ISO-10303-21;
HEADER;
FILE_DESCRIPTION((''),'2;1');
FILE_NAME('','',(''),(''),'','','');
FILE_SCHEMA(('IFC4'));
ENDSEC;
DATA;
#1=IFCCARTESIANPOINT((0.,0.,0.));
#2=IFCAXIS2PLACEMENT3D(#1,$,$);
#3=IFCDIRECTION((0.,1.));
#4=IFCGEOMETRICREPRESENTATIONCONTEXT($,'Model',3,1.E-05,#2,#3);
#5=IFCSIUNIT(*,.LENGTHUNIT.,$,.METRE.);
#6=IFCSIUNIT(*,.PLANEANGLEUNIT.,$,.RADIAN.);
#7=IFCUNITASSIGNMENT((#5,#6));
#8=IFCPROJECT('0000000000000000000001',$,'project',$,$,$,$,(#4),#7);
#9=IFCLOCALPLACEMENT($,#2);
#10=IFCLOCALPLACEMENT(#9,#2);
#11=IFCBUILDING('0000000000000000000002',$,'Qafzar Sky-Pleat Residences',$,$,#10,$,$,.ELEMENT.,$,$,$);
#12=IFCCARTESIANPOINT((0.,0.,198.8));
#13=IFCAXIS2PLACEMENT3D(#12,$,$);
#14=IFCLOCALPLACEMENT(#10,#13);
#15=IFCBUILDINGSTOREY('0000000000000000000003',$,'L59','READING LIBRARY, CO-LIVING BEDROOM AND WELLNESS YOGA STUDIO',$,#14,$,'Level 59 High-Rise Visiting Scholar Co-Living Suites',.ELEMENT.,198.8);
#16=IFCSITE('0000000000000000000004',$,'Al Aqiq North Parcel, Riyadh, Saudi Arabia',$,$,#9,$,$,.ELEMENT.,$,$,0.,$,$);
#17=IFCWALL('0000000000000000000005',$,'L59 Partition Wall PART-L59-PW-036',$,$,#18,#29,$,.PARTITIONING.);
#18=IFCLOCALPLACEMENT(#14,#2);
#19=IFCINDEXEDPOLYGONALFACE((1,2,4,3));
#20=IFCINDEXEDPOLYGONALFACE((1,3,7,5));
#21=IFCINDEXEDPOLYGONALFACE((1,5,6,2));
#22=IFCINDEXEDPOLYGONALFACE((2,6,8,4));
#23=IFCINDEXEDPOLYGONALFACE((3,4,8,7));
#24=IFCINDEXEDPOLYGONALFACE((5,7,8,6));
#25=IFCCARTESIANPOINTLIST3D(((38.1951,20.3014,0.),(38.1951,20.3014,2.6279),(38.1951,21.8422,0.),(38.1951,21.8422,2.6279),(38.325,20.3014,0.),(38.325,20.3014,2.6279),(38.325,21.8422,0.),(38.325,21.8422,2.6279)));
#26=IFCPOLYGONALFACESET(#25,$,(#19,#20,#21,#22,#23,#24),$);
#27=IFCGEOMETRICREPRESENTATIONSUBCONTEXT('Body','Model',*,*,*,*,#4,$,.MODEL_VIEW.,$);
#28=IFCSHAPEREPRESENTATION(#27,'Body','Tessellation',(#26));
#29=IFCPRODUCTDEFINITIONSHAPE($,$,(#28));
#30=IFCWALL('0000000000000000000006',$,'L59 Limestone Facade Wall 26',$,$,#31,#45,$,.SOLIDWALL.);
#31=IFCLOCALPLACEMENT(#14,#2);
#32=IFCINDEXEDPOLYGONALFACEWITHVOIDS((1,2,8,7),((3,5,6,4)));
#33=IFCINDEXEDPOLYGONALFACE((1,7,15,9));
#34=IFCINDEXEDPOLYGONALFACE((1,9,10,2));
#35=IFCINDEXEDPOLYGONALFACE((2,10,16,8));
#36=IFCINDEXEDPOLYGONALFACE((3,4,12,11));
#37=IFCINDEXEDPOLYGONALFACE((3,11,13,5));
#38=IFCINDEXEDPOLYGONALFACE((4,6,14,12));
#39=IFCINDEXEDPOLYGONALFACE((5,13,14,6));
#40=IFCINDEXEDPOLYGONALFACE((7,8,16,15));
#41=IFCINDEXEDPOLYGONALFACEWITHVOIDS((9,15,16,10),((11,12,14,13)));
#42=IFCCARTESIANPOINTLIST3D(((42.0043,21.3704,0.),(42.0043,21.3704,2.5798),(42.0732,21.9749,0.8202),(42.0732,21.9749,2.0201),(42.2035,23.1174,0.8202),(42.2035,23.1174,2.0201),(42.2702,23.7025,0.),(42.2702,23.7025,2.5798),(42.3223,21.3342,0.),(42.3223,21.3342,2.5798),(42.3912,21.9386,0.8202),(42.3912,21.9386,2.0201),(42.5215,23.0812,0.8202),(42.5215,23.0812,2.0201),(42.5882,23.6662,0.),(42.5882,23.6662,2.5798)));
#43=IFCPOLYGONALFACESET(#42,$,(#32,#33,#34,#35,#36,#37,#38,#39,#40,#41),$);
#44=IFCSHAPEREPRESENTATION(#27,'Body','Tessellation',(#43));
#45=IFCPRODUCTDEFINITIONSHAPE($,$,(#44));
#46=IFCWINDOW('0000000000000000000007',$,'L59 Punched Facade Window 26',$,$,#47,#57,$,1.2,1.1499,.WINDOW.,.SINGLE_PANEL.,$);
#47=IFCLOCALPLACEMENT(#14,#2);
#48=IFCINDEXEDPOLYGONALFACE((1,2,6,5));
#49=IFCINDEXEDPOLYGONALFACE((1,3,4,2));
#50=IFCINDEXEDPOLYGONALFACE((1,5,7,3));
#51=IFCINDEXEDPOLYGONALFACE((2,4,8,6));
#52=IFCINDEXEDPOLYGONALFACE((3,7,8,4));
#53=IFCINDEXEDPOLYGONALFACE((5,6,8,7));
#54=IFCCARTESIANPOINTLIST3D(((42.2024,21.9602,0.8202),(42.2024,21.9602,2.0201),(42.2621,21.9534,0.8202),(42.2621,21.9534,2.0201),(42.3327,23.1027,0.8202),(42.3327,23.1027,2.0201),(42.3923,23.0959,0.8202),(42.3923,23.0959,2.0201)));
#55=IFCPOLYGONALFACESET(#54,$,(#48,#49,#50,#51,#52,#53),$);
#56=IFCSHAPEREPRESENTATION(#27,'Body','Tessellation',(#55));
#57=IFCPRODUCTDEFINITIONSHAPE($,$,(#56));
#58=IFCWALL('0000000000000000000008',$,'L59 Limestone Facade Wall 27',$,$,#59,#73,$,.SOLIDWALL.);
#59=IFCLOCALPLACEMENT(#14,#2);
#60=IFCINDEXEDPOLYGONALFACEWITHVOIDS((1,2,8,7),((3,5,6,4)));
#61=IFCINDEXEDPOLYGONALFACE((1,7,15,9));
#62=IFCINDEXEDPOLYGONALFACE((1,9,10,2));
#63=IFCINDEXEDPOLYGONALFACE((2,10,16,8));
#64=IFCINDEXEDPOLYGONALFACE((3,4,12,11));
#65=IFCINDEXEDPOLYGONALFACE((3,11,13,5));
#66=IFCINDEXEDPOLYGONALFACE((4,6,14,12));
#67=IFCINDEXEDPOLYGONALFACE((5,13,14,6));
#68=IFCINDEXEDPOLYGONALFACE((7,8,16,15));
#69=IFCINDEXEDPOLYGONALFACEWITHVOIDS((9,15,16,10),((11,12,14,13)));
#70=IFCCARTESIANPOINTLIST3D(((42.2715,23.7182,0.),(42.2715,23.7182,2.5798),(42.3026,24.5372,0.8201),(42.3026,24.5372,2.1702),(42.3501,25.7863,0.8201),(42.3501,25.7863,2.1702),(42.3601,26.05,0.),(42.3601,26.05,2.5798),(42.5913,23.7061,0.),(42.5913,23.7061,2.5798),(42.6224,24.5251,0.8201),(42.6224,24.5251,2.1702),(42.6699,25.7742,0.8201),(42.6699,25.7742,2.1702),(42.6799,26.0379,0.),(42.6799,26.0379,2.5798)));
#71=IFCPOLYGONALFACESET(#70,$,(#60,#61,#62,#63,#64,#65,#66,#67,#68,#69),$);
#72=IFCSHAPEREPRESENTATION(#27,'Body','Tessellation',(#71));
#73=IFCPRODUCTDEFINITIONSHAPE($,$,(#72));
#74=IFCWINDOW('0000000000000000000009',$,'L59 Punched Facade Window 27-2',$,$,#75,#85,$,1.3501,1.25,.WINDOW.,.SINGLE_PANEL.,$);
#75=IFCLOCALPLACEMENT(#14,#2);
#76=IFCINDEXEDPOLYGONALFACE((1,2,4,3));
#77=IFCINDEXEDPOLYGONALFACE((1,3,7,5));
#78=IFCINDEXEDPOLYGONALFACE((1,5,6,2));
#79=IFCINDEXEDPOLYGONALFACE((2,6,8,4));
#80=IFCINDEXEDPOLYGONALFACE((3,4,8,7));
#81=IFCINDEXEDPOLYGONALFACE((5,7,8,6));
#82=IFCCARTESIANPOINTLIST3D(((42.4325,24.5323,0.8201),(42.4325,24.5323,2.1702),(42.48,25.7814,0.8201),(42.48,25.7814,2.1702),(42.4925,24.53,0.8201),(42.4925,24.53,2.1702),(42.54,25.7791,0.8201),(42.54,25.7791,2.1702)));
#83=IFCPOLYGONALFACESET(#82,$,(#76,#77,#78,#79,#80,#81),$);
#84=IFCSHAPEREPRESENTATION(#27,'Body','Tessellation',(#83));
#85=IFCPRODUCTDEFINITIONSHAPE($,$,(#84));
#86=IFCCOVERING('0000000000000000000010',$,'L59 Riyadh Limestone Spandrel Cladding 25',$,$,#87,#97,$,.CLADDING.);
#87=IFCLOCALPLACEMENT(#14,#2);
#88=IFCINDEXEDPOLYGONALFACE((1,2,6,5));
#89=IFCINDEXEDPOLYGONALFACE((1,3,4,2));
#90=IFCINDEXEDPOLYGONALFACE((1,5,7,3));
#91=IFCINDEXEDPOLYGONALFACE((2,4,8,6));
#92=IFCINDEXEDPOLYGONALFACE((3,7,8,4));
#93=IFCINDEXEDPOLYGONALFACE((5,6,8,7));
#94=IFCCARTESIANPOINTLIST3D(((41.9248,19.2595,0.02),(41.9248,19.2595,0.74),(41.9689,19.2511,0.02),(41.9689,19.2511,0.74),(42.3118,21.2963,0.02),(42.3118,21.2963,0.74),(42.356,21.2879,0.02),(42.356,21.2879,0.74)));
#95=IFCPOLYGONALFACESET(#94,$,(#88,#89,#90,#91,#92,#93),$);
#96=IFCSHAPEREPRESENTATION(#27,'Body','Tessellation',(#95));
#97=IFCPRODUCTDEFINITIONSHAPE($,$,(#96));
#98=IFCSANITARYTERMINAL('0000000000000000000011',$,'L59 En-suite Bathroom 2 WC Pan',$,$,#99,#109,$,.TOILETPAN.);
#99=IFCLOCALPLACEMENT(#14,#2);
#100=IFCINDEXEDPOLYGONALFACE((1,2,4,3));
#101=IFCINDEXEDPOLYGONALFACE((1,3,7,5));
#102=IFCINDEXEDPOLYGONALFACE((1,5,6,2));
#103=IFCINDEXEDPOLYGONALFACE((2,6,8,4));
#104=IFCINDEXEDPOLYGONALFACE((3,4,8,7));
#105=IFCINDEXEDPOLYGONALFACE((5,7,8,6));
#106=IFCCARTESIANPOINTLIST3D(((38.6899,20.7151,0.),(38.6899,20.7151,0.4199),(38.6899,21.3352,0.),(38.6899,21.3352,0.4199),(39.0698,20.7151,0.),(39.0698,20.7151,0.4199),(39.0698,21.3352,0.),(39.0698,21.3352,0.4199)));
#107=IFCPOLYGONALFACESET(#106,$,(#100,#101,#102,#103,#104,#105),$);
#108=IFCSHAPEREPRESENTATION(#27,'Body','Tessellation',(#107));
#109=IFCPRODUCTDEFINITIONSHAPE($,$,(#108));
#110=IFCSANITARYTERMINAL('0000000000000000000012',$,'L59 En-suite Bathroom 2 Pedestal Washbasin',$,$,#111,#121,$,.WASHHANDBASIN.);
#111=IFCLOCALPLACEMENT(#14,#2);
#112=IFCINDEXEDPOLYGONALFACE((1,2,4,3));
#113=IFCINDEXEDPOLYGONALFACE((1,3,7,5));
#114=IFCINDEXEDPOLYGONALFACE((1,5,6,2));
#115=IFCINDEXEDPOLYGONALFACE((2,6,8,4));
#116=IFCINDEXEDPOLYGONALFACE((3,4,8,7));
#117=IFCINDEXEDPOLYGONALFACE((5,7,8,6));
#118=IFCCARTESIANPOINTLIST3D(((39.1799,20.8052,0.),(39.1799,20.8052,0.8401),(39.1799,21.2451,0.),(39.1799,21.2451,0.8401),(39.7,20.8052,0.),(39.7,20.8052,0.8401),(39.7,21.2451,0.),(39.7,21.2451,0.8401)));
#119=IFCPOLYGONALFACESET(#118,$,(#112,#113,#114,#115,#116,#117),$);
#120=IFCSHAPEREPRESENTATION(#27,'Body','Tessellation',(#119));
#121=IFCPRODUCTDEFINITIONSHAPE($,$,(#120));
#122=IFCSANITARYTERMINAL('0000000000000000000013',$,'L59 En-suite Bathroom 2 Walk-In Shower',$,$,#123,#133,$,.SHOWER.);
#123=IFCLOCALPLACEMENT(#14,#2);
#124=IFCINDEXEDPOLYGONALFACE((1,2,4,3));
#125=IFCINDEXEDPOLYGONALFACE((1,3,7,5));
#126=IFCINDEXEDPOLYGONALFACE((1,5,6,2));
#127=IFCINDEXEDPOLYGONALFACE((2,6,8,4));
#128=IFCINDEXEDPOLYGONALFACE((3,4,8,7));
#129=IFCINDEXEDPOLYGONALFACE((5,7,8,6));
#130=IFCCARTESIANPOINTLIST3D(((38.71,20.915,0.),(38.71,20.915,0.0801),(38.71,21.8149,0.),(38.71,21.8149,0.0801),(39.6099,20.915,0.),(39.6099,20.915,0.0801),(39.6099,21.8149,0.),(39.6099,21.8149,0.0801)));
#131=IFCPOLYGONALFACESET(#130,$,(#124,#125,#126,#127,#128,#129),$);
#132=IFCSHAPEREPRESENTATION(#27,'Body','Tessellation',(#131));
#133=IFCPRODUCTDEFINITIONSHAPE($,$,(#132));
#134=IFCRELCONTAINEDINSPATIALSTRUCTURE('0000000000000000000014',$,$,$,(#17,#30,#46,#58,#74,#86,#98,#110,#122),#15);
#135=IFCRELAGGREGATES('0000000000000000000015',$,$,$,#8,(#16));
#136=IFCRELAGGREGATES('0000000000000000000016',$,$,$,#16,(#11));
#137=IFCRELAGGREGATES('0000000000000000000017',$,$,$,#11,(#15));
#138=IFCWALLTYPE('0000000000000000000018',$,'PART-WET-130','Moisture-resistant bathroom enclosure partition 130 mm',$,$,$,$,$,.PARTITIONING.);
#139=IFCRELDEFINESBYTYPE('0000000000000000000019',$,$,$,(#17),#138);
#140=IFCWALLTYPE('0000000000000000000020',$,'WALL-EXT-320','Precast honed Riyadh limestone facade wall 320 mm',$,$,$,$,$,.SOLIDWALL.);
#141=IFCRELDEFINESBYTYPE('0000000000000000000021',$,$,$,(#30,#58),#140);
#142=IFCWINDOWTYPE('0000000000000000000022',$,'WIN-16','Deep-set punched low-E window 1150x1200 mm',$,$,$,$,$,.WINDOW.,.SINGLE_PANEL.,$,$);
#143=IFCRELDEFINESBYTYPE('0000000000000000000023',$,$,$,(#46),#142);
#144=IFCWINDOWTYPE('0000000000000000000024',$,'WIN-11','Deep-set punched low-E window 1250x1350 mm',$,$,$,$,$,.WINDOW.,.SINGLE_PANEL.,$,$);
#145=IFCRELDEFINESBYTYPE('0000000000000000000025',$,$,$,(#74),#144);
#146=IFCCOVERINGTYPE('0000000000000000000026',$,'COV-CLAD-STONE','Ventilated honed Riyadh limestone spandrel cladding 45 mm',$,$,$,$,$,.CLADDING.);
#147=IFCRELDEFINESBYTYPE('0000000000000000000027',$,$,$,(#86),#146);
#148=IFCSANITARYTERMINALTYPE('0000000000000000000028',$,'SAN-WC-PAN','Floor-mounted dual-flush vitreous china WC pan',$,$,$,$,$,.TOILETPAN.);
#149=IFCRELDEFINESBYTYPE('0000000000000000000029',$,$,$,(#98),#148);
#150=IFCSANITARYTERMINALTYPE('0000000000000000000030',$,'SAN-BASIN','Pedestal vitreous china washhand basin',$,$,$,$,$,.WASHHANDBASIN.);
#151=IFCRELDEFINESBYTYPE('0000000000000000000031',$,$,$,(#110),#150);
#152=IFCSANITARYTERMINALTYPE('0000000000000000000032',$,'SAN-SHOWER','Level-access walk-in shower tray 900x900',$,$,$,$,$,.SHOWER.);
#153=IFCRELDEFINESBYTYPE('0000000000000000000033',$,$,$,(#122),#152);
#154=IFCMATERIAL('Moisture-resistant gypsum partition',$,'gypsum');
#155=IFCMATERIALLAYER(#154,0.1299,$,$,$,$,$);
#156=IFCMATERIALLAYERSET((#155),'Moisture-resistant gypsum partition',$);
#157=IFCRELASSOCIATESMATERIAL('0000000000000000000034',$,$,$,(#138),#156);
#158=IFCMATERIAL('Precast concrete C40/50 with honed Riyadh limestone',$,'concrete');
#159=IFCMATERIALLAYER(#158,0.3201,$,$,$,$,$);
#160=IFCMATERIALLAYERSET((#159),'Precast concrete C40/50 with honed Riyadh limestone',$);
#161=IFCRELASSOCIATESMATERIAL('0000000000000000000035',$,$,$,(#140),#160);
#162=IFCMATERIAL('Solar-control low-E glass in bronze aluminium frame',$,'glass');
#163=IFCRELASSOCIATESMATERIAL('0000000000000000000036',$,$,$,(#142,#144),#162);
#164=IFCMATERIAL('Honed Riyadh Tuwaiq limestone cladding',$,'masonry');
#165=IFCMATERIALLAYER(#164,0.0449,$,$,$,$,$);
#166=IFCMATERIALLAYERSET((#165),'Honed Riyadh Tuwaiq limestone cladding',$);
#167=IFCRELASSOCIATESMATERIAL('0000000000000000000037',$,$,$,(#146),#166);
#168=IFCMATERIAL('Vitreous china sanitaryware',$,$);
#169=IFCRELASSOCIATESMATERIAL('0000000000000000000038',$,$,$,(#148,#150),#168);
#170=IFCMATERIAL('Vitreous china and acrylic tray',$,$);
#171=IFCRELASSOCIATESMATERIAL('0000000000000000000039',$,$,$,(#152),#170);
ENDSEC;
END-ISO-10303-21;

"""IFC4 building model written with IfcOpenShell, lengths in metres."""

from ifc_helpers import new_model, si_unit, direction, frame, frame_2d, origin, origin_2d, place, context, subcontext, project, spatial, rectangle, extrude, source, transform, mapped, material, layer, layer_set, type_object, element, fill, save


model = new_model("IFC4")

# Units and contexts
model_context = context("Model", 3, precision=1e-05, world=origin(), true_north=direction((0.0, 1.0)))
body_context = subcontext(model_context, "Body", "Model", "MODEL_VIEW")
ifc_project = project(units=[si_unit("LENGTHUNIT", "METRE"), si_unit("PLANEANGLEUNIT", "RADIAN")], contexts=[model_context])

# Site, building, storey
site_placement = place(None, origin())
site = spatial("IfcSite", under=ifc_project, at=site_placement, Name="Al Aqiq North Parcel, Riyadh, Saudi Arabia", CompositionType="ELEMENT", RefElevation=0.0)
building_placement = place(site_placement, origin())
building = spatial("IfcBuilding", under=site, at=building_placement, Name="Qafzar Sky-Pleat Residences", CompositionType="ELEMENT")
storey_placement = place(building_placement, frame((0.0, 0.0, 198.8)))
storey = spatial("IfcBuildingStorey", under=building, at=storey_placement, Name="L59", Description="READING LIBRARY, CO-LIVING BEDROOM AND WELLNESS YOGA STUDIO", LongName="Level 59 High-Rise Visiting Scholar Co-Living Suites", CompositionType="ELEMENT", Elevation=198.8)

# Shared definitions
ifc_material_1 = material(Name="Moisture-resistant gypsum partition", Category="gypsum")
ifc_layer_1 = layer(ifc_material_1, 0.1299)
ifc_layer_set_1 = layer_set([ifc_layer_1], Name="Moisture-resistant gypsum partition")
wall_type_1 = type_object("IfcWallType", Name="PART-WET-130", Description="Moisture-resistant bathroom enclosure partition 130 mm", PredefinedType="PARTITIONING", material=ifc_layer_set_1)

# Wall
wall_1_placement = place(storey_placement, frame((38.26, 20.3013, 0.0), z_axis=(0.0, 0.0, 1.0), x_axis=(0.0, 1.0, 0.0)))
element("IfcWall", 1, at=wall_1_placement, inside=storey, type_object=wall_type_1, Name="L59 Partition Wall PART-L59-PW-036", PredefinedType="PARTITIONING", context=body_context, shape_type="SweptSolid", body=[
    extrude(rectangle(XDim=1.5408, YDim=0.1299, at=frame_2d((0.7705, 0.0))), origin(), (0.0, 0.0, 1.0), 2.6279),
])

# Walls, openings, windows
ifc_material_2 = material(Name="Precast concrete C40/50 with honed Riyadh limestone", Category="concrete")
ifc_layer_2 = layer(ifc_material_2, 0.3201)
ifc_layer_set_2 = layer_set([ifc_layer_2], Name="Precast concrete C40/50 with honed Riyadh limestone")
wall_type_2 = type_object("IfcWallType", Name="WALL-EXT-320", Description="Precast honed Riyadh limestone facade wall 320 mm", PredefinedType="SOLIDWALL", material=ifc_layer_set_2)
wall_2_placement = place(storey_placement, frame((42.1633, 21.3523, 0.0), z_axis=(0.0, 0.0, 1.0), x_axis=(0.113274, 0.993564, 0.0)))
wall_2 = element("IfcWall", 2, at=wall_2_placement, inside=storey, type_object=wall_type_2, Name="L59 Limestone Facade Wall 26", PredefinedType="SOLIDWALL", context=body_context, shape_type="SweptSolid", body=[
    extrude(rectangle(XDim=2.3472, YDim=0.3201, at=frame_2d((1.1736, 0.0))), origin(), (0.0, 0.0, 1.0), 2.5798),
])
opening_1_placement = place(wall_2_placement, frame((0.6084, 0.0, 0.8201)))
opening_1 = element("IfcOpeningElement", 3, at=opening_1_placement, cuts=wall_2, PredefinedType="OPENING", context=body_context, shape_type="SweptSolid", body=[
    extrude(rectangle(XDim=1.1499, YDim=1.2, at=frame_2d((0.575, 0.6001))), frame((0.0, 0.1699, 0.0), z_axis=(0.0, -1.0, 0.0), x_axis=(1.0, 0.0, 0.0)), (0.0, 0.0, 1.0), 0.3401),
])
ifc_material_3 = material(Name="Solar-control low-E glass in bronze aluminium frame", Category="glass")
window_type_1 = type_object("IfcWindowType", Name="WIN-16", Description="Deep-set punched low-E window 1150x1200 mm", PartitioningType="SINGLE_PANEL", PredefinedType="WINDOW", material=ifc_material_3)
shared_shape_1 = source(origin(), body_context, "Body", "SweptSolid", [
    extrude(rectangle(XDim=1.1499, YDim=1.2, at=frame_2d((0.575, 0.6001))), frame((0.0, 0.03, 0.0), z_axis=(0.0, -1.0, 0.0), x_axis=(1.0, 0.0, 0.0)), (0.0, 0.0, 1.0), 0.0601),
])
window_1_placement = place(opening_1_placement, origin())
window_1 = element("IfcWindow", 4, at=window_1_placement, inside=storey, type_object=window_type_1, Name="L59 Punched Facade Window 26", OverallHeight=1.2, OverallWidth=1.1499, PartitioningType="SINGLE_PANEL", PredefinedType="WINDOW", context=body_context, shape_type="MappedRepresentation", body=[
    mapped(shared_shape_1, transform((0.0, 0.0, 0.0), x_axis=(1.0, 0.0, 0.0), y_axis=(0.0, 1.0, 0.0), z_axis=(0.0, 0.0, 1.0), scale=1.0)),
])
fill(opening_1, window_1)
wall_3_placement = place(storey_placement, frame((42.4314, 23.7122, 0.0), z_axis=(0.0, 0.0, 1.0), x_axis=(0.037979, 0.999279, 0.0)))
wall_3 = element("IfcWall", 5, at=wall_3_placement, inside=storey, type_object=wall_type_2, Name="L59 Limestone Facade Wall 27", PredefinedType="SOLIDWALL", context=body_context, shape_type="SweptSolid", body=[
    extrude(rectangle(XDim=2.3335, YDim=0.3201, at=frame_2d((1.1667, 0.0))), origin(), (0.0, 0.0, 1.0), 2.5798),
])
opening_2_placement = place(wall_3_placement, frame((0.8196, 0.0, 0.8201)))
opening_2 = element("IfcOpeningElement", 6, at=opening_2_placement, cuts=wall_3, PredefinedType="OPENING", context=body_context, shape_type="SweptSolid", body=[
    extrude(rectangle(XDim=1.25, YDim=1.3501, at=frame_2d((0.625, 0.675))), frame((0.0, 0.1699, 0.0), z_axis=(0.0, -1.0, 0.0), x_axis=(1.0, 0.0, 0.0)), (0.0, 0.0, 1.0), 0.3401),
])
window_type_2 = type_object("IfcWindowType", Name="WIN-11", Description="Deep-set punched low-E window 1250x1350 mm", PartitioningType="SINGLE_PANEL", PredefinedType="WINDOW", material=ifc_material_3)
shared_shape_2 = source(origin(), body_context, "Body", "SweptSolid", [
    extrude(rectangle(XDim=1.25, YDim=1.3501, at=frame_2d((0.625, 0.675))), frame((0.0, 0.03, 0.0), z_axis=(0.0, -1.0, 0.0), x_axis=(1.0, 0.0, 0.0)), (0.0, 0.0, 1.0), 0.0601),
])
window_2_placement = place(opening_2_placement, origin())
window_2 = element("IfcWindow", 7, at=window_2_placement, inside=storey, type_object=window_type_2, Name="L59 Punched Facade Window 27-2", OverallHeight=1.3501, OverallWidth=1.25, PartitioningType="SINGLE_PANEL", PredefinedType="WINDOW", context=body_context, shape_type="MappedRepresentation", body=[
    mapped(shared_shape_2, transform((0.0, 0.0, 0.0), x_axis=(1.0, 0.0, 0.0), y_axis=(0.0, 1.0, 0.0), z_axis=(0.0, 0.0, 1.0), scale=1.0)),
])
fill(opening_2, window_2)

# Covering
ifc_material_4 = material(Name="Honed Riyadh Tuwaiq limestone cladding", Category="masonry")
ifc_layer_3 = layer(ifc_material_4, 0.0449)
ifc_layer_set_3 = layer_set([ifc_layer_3], Name="Honed Riyadh Tuwaiq limestone cladding")
covering_type = type_object("IfcCoveringType", Name="COV-CLAD-STONE", Description="Ventilated honed Riyadh limestone spandrel cladding 45 mm", PredefinedType="CLADDING", material=ifc_layer_set_3)
shared_shape_3 = source(origin(), body_context, "Body", "SweptSolid", [
    extrude(rectangle(XDim=2.0732, YDim=0.0449, at=origin_2d()), origin(), (0.0, 0.0, 1.0), 0.72),
])
covering_placement = place(storey_placement, frame((42.1404, 20.2737, 0.02), z_axis=(0.0, 0.0, 1.0), x_axis=(0.186673, 0.982422, 0.0)))
element("IfcCovering", 8, at=covering_placement, inside=storey, type_object=covering_type, Name="L59 Riyadh Limestone Spandrel Cladding 25", PredefinedType="CLADDING", context=body_context, shape_type="MappedRepresentation", body=[
    mapped(shared_shape_3, transform((0.0, 0.0, 0.0), x_axis=(1.0, 0.0, 0.0), y_axis=(0.0, 1.0, 0.0), z_axis=(0.0, 0.0, 1.0), scale=1.0)),
])

# Sanitary terminals
ifc_material_5 = material(Name="Vitreous china sanitaryware")
sanitary_terminal_type_1 = type_object("IfcSanitaryTerminalType", Name="SAN-WC-PAN", Description="Floor-mounted dual-flush vitreous china WC pan", PredefinedType="TOILETPAN", material=ifc_material_5)
shared_shape_4 = source(origin(), body_context, "Body", "SweptSolid", [
    extrude(rectangle(XDim=0.3799, YDim=0.6201, at=origin_2d()), origin(), (0.0, 0.0, 1.0), 0.4199),
])
sanitary_terminal_1_placement = place(storey_placement, frame((38.8799, 21.0251, 0.0), z_axis=(0.0, 0.0, 1.0), x_axis=(1.0, 0.0, 0.0)))
element("IfcSanitaryTerminal", 9, at=sanitary_terminal_1_placement, inside=storey, type_object=sanitary_terminal_type_1, Name="L59 En-suite Bathroom 2 WC Pan", PredefinedType="TOILETPAN", context=body_context, shape_type="MappedRepresentation", body=[
    mapped(shared_shape_4, transform((0.0, 0.0, 0.0), x_axis=(1.0, 0.0, 0.0), y_axis=(0.0, 1.0, 0.0), z_axis=(0.0, 0.0, 1.0), scale=1.0)),
])
sanitary_terminal_type_2 = type_object("IfcSanitaryTerminalType", Name="SAN-BASIN", Description="Pedestal vitreous china washhand basin", PredefinedType="WASHHANDBASIN", material=ifc_material_5)
shared_shape_5 = source(origin(), body_context, "Body", "SweptSolid", [
    extrude(rectangle(XDim=0.52, YDim=0.4399, at=origin_2d()), origin(), (0.0, 0.0, 1.0), 0.8401),
])
sanitary_terminal_2_placement = place(storey_placement, frame((39.4399, 21.0251, 0.0), z_axis=(0.0, 0.0, 1.0), x_axis=(1.0, 0.0, 0.0)))
element("IfcSanitaryTerminal", 10, at=sanitary_terminal_2_placement, inside=storey, type_object=sanitary_terminal_type_2, Name="L59 En-suite Bathroom 2 Pedestal Washbasin", PredefinedType="WASHHANDBASIN", context=body_context, shape_type="MappedRepresentation", body=[
    mapped(shared_shape_5, transform((0.0, 0.0, 0.0), x_axis=(1.0, 0.0, 0.0), y_axis=(0.0, 1.0, 0.0), z_axis=(0.0, 0.0, 1.0), scale=1.0)),
])
ifc_material_6 = material(Name="Vitreous china and acrylic tray")
sanitary_terminal_type_3 = type_object("IfcSanitaryTerminalType", Name="SAN-SHOWER", Description="Level-access walk-in shower tray 900x900", PredefinedType="SHOWER", material=ifc_material_6)
shared_shape_6 = source(origin(), body_context, "Body", "SweptSolid", [
    extrude(rectangle(XDim=0.8999, YDim=0.8999, at=origin_2d()), origin(), (0.0, 0.0, 1.0), 0.0801),
])
sanitary_terminal_3_placement = place(storey_placement, frame((39.1599, 21.365, 0.0), z_axis=(0.0, 0.0, 1.0), x_axis=(1.0, 0.0, 0.0)))
element("IfcSanitaryTerminal", 11, at=sanitary_terminal_3_placement, inside=storey, type_object=sanitary_terminal_type_3, Name="L59 En-suite Bathroom 2 Walk-In Shower", PredefinedType="SHOWER", context=body_context, shape_type="MappedRepresentation", body=[
    mapped(shared_shape_6, transform((0.0, 0.0, 0.0), x_axis=(1.0, 0.0, 0.0), y_axis=(0.0, 1.0, 0.0), z_axis=(0.0, 0.0, 1.0), scale=1.0)),
])

save(model, "model.ifc")
